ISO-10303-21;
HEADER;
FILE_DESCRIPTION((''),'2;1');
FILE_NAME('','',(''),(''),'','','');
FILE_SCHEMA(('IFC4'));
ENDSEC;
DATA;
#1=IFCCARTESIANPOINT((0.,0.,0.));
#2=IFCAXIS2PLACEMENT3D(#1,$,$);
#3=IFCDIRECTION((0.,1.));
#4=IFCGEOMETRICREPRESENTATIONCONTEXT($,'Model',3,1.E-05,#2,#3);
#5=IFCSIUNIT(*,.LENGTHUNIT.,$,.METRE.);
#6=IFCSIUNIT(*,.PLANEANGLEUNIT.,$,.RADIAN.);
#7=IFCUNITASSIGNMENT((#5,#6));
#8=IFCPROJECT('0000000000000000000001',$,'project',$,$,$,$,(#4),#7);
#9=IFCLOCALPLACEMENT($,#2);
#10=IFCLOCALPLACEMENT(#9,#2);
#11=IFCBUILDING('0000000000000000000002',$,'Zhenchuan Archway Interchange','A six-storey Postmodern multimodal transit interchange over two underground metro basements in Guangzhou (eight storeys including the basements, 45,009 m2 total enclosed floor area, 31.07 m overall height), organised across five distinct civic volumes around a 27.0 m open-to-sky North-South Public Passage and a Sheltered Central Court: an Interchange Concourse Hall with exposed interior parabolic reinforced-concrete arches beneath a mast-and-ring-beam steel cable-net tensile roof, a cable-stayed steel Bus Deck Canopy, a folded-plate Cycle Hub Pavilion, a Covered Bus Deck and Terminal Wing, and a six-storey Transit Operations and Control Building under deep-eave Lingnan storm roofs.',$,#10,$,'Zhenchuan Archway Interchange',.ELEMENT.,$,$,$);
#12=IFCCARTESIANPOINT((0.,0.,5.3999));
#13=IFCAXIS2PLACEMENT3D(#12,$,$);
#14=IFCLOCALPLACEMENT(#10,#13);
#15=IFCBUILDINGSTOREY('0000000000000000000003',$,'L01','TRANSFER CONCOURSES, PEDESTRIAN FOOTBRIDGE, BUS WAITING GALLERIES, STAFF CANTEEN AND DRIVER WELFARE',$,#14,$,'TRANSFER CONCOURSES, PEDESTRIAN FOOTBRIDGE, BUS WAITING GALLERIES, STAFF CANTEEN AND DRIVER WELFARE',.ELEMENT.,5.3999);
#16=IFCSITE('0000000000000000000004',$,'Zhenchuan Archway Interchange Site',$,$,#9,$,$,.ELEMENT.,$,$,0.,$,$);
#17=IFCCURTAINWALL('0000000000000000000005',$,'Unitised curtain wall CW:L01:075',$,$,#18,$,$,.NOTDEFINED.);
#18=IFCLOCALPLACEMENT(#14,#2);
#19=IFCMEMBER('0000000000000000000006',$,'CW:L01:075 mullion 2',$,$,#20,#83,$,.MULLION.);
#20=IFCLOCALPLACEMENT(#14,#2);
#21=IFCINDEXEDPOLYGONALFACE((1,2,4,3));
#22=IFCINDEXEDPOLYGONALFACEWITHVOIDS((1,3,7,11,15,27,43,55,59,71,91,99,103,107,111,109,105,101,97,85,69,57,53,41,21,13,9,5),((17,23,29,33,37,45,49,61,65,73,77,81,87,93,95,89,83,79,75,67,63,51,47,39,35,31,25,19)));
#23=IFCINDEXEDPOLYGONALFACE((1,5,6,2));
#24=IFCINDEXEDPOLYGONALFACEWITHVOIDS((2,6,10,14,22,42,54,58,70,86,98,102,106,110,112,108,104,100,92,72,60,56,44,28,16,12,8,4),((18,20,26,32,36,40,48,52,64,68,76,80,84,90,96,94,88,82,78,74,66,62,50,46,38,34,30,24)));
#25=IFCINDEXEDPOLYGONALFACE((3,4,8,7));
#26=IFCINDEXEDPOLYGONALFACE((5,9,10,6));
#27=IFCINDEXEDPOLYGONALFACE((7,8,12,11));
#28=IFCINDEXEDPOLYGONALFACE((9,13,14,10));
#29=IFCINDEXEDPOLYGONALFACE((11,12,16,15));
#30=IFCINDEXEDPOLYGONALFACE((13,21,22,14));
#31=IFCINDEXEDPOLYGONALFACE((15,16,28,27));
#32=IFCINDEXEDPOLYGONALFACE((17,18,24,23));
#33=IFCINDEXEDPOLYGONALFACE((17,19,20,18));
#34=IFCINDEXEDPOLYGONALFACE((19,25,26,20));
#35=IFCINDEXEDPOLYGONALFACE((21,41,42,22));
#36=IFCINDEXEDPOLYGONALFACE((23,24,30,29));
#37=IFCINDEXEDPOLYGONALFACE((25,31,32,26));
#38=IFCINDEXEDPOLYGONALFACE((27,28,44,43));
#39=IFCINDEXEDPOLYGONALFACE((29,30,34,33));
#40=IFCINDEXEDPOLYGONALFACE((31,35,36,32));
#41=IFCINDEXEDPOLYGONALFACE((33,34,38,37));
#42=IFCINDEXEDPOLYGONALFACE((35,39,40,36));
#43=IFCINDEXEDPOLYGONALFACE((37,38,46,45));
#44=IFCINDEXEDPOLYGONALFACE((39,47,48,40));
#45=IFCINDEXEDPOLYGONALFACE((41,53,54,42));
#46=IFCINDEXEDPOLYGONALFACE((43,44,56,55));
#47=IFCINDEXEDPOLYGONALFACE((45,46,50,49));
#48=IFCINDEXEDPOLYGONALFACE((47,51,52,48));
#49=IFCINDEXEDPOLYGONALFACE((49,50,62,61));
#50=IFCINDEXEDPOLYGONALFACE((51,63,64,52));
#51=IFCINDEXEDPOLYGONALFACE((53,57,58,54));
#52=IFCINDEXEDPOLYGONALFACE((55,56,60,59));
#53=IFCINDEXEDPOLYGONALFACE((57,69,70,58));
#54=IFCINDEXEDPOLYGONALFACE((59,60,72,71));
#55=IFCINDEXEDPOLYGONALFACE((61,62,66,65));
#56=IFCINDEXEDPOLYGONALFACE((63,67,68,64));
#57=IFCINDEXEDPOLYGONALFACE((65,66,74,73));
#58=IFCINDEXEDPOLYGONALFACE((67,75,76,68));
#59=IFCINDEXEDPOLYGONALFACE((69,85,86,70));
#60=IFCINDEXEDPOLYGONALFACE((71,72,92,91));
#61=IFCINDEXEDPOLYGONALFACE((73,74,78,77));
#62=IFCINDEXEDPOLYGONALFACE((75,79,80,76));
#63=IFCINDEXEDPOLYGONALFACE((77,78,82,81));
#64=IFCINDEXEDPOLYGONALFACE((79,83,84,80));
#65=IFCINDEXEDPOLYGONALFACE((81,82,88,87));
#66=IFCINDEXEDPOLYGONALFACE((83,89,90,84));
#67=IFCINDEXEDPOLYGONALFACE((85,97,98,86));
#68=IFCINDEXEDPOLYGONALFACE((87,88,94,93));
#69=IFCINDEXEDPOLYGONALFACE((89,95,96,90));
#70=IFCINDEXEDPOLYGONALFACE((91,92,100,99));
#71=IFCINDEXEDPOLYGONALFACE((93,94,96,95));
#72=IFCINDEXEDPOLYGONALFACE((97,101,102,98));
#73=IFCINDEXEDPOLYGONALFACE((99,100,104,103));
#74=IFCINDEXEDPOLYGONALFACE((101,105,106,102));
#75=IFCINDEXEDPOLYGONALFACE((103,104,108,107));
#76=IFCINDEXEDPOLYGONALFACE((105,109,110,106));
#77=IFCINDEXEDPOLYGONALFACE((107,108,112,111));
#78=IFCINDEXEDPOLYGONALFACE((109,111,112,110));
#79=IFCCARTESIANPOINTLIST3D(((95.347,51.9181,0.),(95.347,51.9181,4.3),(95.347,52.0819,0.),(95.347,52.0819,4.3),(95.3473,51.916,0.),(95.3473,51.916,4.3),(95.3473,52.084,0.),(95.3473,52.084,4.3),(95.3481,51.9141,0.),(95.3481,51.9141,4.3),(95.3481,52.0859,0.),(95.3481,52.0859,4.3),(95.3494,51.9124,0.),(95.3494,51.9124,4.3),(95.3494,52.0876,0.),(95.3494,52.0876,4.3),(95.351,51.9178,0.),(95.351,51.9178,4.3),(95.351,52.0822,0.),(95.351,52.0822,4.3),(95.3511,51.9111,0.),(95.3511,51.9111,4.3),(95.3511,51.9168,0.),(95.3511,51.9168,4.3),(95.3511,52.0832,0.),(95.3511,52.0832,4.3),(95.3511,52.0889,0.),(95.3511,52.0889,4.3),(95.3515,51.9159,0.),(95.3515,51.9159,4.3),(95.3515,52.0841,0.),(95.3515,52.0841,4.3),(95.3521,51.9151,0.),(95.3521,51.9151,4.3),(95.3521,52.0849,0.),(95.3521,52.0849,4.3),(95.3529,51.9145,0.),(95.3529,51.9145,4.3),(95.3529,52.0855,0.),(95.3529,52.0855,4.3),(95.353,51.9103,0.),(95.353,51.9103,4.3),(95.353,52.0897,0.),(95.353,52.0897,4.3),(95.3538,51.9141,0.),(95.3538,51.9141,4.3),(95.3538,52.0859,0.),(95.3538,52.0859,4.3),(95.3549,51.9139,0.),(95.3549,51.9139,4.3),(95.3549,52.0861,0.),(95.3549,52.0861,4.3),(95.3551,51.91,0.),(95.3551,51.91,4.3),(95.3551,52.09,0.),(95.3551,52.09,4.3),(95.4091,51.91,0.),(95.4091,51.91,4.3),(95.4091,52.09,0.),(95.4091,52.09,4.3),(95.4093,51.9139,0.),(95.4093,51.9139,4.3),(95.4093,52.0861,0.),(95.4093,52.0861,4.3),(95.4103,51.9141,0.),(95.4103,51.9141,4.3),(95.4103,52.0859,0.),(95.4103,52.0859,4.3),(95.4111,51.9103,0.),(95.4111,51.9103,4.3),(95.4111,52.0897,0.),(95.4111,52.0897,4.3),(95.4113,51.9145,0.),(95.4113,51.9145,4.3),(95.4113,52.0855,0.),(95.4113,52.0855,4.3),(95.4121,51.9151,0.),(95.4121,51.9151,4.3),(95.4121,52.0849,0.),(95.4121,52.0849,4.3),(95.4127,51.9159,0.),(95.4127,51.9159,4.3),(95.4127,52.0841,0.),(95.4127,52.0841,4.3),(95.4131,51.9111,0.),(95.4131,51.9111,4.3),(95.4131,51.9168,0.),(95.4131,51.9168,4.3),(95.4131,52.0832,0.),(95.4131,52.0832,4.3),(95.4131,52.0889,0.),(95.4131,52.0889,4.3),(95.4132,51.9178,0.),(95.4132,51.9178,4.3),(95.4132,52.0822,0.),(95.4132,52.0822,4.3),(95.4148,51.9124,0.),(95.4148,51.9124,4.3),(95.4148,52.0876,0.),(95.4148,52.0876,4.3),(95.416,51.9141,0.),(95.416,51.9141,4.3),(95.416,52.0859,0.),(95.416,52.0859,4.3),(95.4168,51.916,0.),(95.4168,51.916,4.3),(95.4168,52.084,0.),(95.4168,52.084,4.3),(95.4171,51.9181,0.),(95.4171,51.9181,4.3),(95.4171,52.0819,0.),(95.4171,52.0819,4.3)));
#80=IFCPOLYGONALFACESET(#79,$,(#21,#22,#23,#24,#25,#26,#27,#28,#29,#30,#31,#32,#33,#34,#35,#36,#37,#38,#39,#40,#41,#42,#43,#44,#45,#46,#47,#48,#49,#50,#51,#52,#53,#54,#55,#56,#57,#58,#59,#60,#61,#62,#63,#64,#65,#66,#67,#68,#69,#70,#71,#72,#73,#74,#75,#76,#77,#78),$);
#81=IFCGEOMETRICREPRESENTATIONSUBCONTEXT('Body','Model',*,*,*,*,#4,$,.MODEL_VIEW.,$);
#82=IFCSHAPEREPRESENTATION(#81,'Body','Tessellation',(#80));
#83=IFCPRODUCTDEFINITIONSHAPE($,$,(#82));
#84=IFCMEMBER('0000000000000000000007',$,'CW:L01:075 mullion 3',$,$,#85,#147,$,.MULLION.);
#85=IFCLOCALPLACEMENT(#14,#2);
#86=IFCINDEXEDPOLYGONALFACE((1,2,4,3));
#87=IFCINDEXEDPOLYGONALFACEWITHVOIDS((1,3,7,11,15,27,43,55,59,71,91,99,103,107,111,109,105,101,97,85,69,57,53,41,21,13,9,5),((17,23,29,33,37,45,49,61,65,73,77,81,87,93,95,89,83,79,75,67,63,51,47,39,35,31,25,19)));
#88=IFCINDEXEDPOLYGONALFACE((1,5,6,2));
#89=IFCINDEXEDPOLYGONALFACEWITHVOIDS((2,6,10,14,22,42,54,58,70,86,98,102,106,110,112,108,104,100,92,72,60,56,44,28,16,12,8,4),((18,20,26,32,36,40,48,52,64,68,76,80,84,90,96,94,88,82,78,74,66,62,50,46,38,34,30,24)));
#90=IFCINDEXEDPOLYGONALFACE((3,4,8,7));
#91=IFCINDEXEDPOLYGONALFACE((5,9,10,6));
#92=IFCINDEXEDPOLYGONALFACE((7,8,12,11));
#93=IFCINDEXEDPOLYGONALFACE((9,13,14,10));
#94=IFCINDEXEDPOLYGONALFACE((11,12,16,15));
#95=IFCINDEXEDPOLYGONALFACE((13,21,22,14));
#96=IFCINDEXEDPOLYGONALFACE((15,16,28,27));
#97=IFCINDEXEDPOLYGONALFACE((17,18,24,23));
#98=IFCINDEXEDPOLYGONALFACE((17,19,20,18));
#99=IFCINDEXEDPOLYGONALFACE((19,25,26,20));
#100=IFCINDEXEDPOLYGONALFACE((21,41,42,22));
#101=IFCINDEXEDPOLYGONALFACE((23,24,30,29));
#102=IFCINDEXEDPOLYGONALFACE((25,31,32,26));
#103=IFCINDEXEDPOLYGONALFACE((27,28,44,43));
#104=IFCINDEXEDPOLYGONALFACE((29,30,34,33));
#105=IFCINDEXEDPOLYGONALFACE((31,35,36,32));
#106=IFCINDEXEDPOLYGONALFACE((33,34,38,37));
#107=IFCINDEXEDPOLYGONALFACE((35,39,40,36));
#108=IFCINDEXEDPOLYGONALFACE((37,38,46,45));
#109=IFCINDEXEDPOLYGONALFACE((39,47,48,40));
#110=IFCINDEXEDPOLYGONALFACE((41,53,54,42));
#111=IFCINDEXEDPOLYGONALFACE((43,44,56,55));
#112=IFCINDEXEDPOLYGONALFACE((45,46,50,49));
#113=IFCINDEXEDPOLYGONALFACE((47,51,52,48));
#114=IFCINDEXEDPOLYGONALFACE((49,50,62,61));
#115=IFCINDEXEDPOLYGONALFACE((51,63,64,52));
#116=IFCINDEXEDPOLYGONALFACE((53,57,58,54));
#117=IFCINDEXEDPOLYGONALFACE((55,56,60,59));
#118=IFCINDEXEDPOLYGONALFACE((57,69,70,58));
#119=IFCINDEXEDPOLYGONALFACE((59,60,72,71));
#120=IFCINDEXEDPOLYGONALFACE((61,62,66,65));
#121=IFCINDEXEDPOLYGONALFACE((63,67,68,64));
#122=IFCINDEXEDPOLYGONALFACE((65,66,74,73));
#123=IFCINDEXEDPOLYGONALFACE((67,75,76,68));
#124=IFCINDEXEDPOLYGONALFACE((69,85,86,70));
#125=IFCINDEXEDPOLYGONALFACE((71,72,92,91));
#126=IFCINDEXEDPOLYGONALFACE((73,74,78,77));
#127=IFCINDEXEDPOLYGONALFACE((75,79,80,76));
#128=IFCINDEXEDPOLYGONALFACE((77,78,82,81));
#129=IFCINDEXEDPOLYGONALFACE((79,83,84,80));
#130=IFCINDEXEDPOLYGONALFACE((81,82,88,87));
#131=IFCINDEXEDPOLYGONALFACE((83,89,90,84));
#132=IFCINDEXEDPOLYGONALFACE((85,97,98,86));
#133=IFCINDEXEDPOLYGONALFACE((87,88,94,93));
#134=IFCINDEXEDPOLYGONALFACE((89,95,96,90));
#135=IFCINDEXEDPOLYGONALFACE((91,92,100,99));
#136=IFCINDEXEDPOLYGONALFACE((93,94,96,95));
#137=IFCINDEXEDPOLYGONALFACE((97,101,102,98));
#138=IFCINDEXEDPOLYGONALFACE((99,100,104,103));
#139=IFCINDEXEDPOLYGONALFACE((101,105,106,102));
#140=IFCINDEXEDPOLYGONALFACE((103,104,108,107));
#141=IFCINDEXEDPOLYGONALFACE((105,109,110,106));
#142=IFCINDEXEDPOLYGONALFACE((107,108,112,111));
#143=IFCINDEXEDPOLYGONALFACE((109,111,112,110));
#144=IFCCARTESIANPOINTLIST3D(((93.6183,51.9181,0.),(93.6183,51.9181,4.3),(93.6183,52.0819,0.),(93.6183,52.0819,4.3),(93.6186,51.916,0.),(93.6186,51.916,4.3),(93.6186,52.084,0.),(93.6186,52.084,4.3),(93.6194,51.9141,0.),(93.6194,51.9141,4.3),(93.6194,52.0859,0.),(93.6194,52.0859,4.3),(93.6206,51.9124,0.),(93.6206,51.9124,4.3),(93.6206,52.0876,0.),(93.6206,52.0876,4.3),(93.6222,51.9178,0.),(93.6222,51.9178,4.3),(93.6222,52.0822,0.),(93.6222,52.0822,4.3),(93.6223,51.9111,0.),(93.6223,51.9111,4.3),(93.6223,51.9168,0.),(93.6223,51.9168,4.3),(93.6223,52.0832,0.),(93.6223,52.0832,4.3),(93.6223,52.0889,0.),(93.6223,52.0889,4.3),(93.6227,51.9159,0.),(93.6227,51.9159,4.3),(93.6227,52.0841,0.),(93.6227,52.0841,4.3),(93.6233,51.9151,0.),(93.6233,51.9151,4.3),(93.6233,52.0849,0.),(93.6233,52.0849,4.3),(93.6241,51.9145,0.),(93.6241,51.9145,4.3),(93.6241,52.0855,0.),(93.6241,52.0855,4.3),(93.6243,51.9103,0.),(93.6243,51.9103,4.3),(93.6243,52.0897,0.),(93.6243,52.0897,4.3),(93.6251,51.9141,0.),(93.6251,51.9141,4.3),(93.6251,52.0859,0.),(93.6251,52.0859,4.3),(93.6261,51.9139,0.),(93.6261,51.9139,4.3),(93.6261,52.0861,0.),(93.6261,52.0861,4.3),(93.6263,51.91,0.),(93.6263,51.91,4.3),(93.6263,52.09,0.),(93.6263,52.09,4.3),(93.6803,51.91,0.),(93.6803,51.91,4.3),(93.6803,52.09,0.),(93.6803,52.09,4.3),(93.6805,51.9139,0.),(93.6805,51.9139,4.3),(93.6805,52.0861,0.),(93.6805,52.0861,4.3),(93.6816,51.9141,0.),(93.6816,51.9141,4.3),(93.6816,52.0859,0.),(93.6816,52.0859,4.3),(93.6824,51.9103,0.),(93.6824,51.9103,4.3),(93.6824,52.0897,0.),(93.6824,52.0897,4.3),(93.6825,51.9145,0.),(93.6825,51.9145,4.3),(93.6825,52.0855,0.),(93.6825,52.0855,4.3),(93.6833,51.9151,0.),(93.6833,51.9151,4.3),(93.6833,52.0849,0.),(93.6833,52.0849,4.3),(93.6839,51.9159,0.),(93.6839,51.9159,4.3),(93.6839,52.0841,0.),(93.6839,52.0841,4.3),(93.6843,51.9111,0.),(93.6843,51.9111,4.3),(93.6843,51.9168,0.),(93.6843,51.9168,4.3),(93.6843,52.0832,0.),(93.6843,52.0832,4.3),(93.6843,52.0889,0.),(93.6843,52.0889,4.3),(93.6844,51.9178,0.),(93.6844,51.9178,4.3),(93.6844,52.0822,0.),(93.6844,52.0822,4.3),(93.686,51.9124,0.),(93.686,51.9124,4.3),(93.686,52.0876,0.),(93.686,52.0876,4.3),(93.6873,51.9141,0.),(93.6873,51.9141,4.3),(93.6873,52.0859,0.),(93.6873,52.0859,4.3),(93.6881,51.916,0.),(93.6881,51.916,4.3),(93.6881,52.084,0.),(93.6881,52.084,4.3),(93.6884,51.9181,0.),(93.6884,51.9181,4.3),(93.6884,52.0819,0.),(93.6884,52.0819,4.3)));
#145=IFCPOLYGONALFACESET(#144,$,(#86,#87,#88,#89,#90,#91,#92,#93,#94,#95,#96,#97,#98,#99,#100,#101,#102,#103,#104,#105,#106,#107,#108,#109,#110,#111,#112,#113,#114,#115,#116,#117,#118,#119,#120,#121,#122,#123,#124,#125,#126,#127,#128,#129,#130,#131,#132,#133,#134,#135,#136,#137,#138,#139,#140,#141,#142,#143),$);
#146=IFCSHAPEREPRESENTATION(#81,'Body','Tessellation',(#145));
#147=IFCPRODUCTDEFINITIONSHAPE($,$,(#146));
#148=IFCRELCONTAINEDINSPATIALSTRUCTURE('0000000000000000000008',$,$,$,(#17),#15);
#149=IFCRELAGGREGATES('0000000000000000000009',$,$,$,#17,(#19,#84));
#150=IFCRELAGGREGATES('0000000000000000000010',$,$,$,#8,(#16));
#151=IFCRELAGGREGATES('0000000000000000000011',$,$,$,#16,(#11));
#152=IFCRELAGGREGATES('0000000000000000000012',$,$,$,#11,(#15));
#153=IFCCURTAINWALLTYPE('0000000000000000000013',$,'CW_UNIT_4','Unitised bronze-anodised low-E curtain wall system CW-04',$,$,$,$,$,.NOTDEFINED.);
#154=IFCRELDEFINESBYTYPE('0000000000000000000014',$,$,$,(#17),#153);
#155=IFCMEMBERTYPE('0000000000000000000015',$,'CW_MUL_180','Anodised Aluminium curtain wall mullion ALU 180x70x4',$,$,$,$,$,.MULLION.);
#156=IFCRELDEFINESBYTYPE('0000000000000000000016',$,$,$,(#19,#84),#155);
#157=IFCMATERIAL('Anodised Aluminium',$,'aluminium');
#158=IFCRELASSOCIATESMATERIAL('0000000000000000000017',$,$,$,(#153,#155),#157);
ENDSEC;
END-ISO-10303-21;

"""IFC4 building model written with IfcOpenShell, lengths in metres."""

from ifc_helpers import new_model, si_unit, direction, frame, origin, origin_2d, place, context, subcontext, project, spatial, hollow_rectangle, extrude, material, material_profile, profile_set, type_object, element, aggregate, save


model = new_model("IFC4")

# Units and contexts
model_context = context("Model", 3, precision=1e-05, world=origin(), true_north=direction((0.0, 1.0)))
body_context = subcontext(model_context, "Body", "Model", "MODEL_VIEW")
ifc_project = project(units=[si_unit("LENGTHUNIT", "METRE"), si_unit("PLANEANGLEUNIT", "RADIAN")], contexts=[model_context])

# Site, building, storey
site_placement = place(None, origin())
site = spatial("IfcSite", under=ifc_project, at=site_placement, Name="Zhenchuan Archway Interchange Site", CompositionType="ELEMENT", RefElevation=0.0)
building_placement = place(site_placement, origin())
building = spatial("IfcBuilding", under=site, at=building_placement, Name="Zhenchuan Archway Interchange", Description="A six-storey Postmodern multimodal transit interchange over two underground metro basements in Guangzhou (eight storeys including the basements, 45,009 m2 total enclosed floor area, 31.07 m overall height), organised across five distinct civic volumes around a 27.0 m open-to-sky North-South Public Passage and a Sheltered Central Court: an Interchange Concourse Hall with exposed interior parabolic reinforced-concrete arches beneath a mast-and-ring-beam steel cable-net tensile roof, a cable-stayed steel Bus Deck Canopy, a folded-plate Cycle Hub Pavilion, a Covered Bus Deck and Terminal Wing, and a six-storey Transit Operations and Control Building under deep-eave Lingnan storm roofs.", LongName="Zhenchuan Archway Interchange", CompositionType="ELEMENT")
storey_placement = place(building_placement, frame((0.0, 0.0, 5.3999)))
storey = spatial("IfcBuildingStorey", under=building, at=storey_placement, Name="L01", Description="TRANSFER CONCOURSES, PEDESTRIAN FOOTBRIDGE, BUS WAITING GALLERIES, STAFF CANTEEN AND DRIVER WELFARE", LongName="TRANSFER CONCOURSES, PEDESTRIAN FOOTBRIDGE, BUS WAITING GALLERIES, STAFF CANTEEN AND DRIVER WELFARE", CompositionType="ELEMENT", Elevation=5.3999)

# Curtain wall, members
ifc_material_1 = material(Name="Anodised Aluminium", Category="aluminium")
curtain_wall_type = type_object("IfcCurtainWallType", Name="CW_UNIT_4", Description="Unitised bronze-anodised low-E curtain wall system CW-04", PredefinedType="NOTDEFINED", material=ifc_material_1)
curtain_wall_placement = place(storey_placement, origin())
curtain_wall = element("IfcCurtainWall", 1, at=curtain_wall_placement, inside=storey, type_object=curtain_wall_type, Name="Unitised curtain wall CW:L01:075", PredefinedType="NOTDEFINED")
ifc_material_profile_1 = material_profile(ifc_material_1, hollow_rectangle(XDim=0.0701, YDim=0.1799, WallThickness=0.0039, InnerFilletRadius=0.0039, OuterFilletRadius=0.0081, at=origin_2d()), Name="ALU 180x70x4")
ifc_profile_set_1 = profile_set([ifc_material_profile_1], Name="Anodised Aluminium")
member_type_1 = type_object("IfcMemberType", Name="CW_MUL_180", Description="Anodised Aluminium curtain wall mullion ALU 180x70x4", PredefinedType="MULLION", material=ifc_profile_set_1)
member_1_placement = place(storey_placement, frame((95.3821, 52.0, 0.0), z_axis=(0.0, 0.0, 1.0), x_axis=(1.0, 0.0, 0.0)))
member_1 = element("IfcMember", 2, at=member_1_placement, type_object=member_type_1, Name="CW:L01:075 mullion 2", PredefinedType="MULLION", context=body_context, shape_type="SweptSolid", body=[
    extrude(hollow_rectangle(XDim=0.0701, YDim=0.1799, WallThickness=0.0039, InnerFilletRadius=0.0039, OuterFilletRadius=0.0081, at=origin_2d()), origin(), (0.0, 0.0, 1.0), 4.3),
])
member_2_placement = place(storey_placement, frame((93.6533, 52.0, 0.0), z_axis=(0.0, 0.0, 1.0), x_axis=(1.0, 0.0, 0.0)))
member_2 = element("IfcMember", 3, at=member_2_placement, type_object=member_type_1, Name="CW:L01:075 mullion 3", PredefinedType="MULLION", context=body_context, shape_type="SweptSolid", body=[
    extrude(hollow_rectangle(XDim=0.0701, YDim=0.1799, WallThickness=0.0039, InnerFilletRadius=0.0039, OuterFilletRadius=0.0081, at=origin_2d()), origin(), (0.0, 0.0, 1.0), 4.3),
])

aggregate(curtain_wall, [member_1, member_2])

save(model, "model.ifc")
